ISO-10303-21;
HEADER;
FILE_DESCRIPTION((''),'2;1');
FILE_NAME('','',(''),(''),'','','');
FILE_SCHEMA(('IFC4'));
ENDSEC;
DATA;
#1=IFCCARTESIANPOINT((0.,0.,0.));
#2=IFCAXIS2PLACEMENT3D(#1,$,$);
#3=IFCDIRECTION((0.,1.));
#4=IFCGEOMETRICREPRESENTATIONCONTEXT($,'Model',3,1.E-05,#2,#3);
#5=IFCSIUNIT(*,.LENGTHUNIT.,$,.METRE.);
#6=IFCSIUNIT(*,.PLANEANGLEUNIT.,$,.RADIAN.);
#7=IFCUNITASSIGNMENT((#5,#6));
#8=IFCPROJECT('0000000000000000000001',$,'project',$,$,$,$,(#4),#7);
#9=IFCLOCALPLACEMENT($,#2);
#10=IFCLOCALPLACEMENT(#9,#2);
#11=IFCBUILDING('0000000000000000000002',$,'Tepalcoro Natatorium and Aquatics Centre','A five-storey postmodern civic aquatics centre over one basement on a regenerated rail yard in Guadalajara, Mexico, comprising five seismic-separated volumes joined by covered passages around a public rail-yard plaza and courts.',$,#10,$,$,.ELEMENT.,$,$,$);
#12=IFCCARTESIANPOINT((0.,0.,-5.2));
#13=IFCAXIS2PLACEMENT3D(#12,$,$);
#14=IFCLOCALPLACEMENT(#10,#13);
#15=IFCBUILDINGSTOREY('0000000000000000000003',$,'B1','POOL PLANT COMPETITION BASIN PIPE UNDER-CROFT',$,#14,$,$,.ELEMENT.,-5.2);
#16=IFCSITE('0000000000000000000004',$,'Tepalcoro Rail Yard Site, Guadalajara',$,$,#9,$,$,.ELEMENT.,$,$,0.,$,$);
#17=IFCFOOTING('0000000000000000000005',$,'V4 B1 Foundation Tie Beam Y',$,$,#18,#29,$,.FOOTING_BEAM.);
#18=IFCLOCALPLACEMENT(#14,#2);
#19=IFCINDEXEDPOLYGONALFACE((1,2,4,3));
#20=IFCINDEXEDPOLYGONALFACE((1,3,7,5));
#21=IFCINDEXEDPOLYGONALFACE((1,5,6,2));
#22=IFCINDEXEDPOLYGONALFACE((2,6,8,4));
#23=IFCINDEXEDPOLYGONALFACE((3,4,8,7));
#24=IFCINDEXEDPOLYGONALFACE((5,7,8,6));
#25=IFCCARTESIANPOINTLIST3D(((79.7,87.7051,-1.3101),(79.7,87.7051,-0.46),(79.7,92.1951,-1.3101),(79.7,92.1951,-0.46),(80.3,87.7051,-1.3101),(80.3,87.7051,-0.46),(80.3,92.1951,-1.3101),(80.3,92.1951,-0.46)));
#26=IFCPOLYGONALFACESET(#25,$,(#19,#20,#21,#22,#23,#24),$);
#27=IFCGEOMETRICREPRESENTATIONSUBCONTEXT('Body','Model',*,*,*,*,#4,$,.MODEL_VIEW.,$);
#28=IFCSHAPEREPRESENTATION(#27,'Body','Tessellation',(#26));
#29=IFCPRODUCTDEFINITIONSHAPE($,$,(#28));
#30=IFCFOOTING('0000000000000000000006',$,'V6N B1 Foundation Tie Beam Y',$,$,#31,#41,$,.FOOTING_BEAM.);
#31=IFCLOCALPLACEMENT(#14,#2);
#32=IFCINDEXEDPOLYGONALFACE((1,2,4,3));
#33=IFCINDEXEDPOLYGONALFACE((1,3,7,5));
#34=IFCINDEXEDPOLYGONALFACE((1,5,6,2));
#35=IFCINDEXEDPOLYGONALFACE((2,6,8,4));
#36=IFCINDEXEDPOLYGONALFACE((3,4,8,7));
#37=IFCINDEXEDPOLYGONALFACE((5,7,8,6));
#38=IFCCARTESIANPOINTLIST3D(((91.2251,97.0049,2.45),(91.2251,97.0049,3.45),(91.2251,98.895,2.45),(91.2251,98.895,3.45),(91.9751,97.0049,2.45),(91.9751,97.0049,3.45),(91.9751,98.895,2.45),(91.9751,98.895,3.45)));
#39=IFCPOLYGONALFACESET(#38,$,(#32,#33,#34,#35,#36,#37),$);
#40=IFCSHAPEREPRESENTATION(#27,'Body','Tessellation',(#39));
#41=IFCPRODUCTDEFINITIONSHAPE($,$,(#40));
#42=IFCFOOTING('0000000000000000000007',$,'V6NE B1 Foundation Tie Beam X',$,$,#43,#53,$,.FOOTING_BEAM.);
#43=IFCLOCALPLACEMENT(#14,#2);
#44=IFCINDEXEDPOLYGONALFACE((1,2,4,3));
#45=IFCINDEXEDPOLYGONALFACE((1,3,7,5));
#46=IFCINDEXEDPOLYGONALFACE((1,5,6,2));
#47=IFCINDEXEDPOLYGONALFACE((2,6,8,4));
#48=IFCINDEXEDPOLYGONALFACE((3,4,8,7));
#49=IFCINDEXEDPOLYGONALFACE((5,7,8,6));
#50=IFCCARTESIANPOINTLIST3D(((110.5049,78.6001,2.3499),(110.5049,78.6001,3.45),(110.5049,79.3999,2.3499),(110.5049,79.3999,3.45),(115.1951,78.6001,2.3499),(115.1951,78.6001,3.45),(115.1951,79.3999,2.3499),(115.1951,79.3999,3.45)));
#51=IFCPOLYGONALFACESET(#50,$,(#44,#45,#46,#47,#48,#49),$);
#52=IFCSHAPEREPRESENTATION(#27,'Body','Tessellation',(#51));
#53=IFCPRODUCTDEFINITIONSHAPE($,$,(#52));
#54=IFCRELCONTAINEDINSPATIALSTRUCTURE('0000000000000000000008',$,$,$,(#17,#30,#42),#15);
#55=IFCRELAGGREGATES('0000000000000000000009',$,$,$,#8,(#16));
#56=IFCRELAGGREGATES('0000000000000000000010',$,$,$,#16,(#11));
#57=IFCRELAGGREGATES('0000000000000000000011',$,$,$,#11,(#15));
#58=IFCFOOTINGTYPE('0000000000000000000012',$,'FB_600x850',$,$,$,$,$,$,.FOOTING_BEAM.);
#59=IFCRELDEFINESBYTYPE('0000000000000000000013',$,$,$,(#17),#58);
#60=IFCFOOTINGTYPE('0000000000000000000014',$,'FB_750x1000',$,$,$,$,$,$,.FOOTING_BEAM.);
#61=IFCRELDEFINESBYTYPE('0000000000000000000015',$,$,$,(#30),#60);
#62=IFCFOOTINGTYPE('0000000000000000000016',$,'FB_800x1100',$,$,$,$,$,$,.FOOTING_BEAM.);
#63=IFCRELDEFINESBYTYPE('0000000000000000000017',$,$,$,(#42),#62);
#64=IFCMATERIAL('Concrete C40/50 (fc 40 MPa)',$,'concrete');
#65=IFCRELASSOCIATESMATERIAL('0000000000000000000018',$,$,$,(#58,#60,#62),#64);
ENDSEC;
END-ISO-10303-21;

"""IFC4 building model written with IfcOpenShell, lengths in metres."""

from ifc_helpers import new_model, si_unit, direction, frame, origin, place, context, subcontext, project, spatial, polyline, outline, extrude, material, type_object, element, save


model = new_model("IFC4")

# Units and contexts
model_context = context("Model", 3, precision=1e-05, world=origin(), true_north=direction((0.0, 1.0)))
body_context = subcontext(model_context, "Body", "Model", "MODEL_VIEW")
ifc_project = project(units=[si_unit("LENGTHUNIT", "METRE"), si_unit("PLANEANGLEUNIT", "RADIAN")], contexts=[model_context])

# Site, building, storey
site_placement = place(None, origin())
site = spatial("IfcSite", under=ifc_project, at=site_placement, Name="Tepalcoro Rail Yard Site, Guadalajara", CompositionType="ELEMENT", RefElevation=0.0)
building_placement = place(site_placement, origin())
building = spatial("IfcBuilding", under=site, at=building_placement, Name="Tepalcoro Natatorium and Aquatics Centre", Description="A five-storey postmodern civic aquatics centre over one basement on a regenerated rail yard in Guadalajara, Mexico, comprising five seismic-separated volumes joined by covered passages around a public rail-yard plaza and courts.", CompositionType="ELEMENT")
storey_placement = place(building_placement, frame((0.0, 0.0, -5.2)))
storey = spatial("IfcBuildingStorey", under=building, at=storey_placement, Name="B1", Description="POOL PLANT COMPETITION BASIN PIPE UNDER-CROFT", CompositionType="ELEMENT", Elevation=-5.2)

# Footings
ifc_material = material(Name="Concrete C40/50 (fc 40 MPa)", Category="concrete")
footing_type_1 = type_object("IfcFootingType", Name="FB_600x850", PredefinedType="FOOTING_BEAM", material=ifc_material)
footing_1_placement = place(storey_placement, frame((0.0, 0.0, -1.3101)))
element("IfcFooting", 1, at=footing_1_placement, inside=storey, type_object=footing_type_1, Name="V4 B1 Foundation Tie Beam Y", PredefinedType="FOOTING_BEAM", context=body_context, shape_type="SweptSolid", body=[
    extrude(outline(polyline([(80.3, 87.7051), (80.3, 92.1951), (79.7, 92.1951), (79.7, 87.7051), (80.3, 87.7051)])), origin(), (0.0, 0.0, 1.0), 0.8501),
])
footing_type_2 = type_object("IfcFootingType", Name="FB_750x1000", PredefinedType="FOOTING_BEAM", material=ifc_material)
footing_2_placement = place(storey_placement, frame((0.0, 0.0, 2.45)))
element("IfcFooting", 2, at=footing_2_placement, inside=storey, type_object=footing_type_2, Name="V6N B1 Foundation Tie Beam Y", PredefinedType="FOOTING_BEAM", context=body_context, shape_type="SweptSolid", body=[
    extrude(outline(polyline([(91.9751, 97.0049), (91.9751, 98.895), (91.2251, 98.895), (91.2251, 97.0049), (91.9751, 97.0049)])), origin(), (0.0, 0.0, 1.0), 1.0),
])
footing_type_3 = type_object("IfcFootingType", Name="FB_800x1100", PredefinedType="FOOTING_BEAM", material=ifc_material)
footing_3_placement = place(storey_placement, frame((0.0, 0.0, 2.3499)))
element("IfcFooting", 3, at=footing_3_placement, inside=storey, type_object=footing_type_3, Name="V6NE B1 Foundation Tie Beam X", PredefinedType="FOOTING_BEAM", context=body_context, shape_type="SweptSolid", body=[
    extrude(outline(polyline([(110.5049, 78.6001), (115.1951, 78.6001), (115.1951, 79.3999), (110.5049, 79.3999), (110.5049, 78.6001)])), origin(), (0.0, 0.0, 1.0), 1.1001),
])

save(model, "model.ifc")
